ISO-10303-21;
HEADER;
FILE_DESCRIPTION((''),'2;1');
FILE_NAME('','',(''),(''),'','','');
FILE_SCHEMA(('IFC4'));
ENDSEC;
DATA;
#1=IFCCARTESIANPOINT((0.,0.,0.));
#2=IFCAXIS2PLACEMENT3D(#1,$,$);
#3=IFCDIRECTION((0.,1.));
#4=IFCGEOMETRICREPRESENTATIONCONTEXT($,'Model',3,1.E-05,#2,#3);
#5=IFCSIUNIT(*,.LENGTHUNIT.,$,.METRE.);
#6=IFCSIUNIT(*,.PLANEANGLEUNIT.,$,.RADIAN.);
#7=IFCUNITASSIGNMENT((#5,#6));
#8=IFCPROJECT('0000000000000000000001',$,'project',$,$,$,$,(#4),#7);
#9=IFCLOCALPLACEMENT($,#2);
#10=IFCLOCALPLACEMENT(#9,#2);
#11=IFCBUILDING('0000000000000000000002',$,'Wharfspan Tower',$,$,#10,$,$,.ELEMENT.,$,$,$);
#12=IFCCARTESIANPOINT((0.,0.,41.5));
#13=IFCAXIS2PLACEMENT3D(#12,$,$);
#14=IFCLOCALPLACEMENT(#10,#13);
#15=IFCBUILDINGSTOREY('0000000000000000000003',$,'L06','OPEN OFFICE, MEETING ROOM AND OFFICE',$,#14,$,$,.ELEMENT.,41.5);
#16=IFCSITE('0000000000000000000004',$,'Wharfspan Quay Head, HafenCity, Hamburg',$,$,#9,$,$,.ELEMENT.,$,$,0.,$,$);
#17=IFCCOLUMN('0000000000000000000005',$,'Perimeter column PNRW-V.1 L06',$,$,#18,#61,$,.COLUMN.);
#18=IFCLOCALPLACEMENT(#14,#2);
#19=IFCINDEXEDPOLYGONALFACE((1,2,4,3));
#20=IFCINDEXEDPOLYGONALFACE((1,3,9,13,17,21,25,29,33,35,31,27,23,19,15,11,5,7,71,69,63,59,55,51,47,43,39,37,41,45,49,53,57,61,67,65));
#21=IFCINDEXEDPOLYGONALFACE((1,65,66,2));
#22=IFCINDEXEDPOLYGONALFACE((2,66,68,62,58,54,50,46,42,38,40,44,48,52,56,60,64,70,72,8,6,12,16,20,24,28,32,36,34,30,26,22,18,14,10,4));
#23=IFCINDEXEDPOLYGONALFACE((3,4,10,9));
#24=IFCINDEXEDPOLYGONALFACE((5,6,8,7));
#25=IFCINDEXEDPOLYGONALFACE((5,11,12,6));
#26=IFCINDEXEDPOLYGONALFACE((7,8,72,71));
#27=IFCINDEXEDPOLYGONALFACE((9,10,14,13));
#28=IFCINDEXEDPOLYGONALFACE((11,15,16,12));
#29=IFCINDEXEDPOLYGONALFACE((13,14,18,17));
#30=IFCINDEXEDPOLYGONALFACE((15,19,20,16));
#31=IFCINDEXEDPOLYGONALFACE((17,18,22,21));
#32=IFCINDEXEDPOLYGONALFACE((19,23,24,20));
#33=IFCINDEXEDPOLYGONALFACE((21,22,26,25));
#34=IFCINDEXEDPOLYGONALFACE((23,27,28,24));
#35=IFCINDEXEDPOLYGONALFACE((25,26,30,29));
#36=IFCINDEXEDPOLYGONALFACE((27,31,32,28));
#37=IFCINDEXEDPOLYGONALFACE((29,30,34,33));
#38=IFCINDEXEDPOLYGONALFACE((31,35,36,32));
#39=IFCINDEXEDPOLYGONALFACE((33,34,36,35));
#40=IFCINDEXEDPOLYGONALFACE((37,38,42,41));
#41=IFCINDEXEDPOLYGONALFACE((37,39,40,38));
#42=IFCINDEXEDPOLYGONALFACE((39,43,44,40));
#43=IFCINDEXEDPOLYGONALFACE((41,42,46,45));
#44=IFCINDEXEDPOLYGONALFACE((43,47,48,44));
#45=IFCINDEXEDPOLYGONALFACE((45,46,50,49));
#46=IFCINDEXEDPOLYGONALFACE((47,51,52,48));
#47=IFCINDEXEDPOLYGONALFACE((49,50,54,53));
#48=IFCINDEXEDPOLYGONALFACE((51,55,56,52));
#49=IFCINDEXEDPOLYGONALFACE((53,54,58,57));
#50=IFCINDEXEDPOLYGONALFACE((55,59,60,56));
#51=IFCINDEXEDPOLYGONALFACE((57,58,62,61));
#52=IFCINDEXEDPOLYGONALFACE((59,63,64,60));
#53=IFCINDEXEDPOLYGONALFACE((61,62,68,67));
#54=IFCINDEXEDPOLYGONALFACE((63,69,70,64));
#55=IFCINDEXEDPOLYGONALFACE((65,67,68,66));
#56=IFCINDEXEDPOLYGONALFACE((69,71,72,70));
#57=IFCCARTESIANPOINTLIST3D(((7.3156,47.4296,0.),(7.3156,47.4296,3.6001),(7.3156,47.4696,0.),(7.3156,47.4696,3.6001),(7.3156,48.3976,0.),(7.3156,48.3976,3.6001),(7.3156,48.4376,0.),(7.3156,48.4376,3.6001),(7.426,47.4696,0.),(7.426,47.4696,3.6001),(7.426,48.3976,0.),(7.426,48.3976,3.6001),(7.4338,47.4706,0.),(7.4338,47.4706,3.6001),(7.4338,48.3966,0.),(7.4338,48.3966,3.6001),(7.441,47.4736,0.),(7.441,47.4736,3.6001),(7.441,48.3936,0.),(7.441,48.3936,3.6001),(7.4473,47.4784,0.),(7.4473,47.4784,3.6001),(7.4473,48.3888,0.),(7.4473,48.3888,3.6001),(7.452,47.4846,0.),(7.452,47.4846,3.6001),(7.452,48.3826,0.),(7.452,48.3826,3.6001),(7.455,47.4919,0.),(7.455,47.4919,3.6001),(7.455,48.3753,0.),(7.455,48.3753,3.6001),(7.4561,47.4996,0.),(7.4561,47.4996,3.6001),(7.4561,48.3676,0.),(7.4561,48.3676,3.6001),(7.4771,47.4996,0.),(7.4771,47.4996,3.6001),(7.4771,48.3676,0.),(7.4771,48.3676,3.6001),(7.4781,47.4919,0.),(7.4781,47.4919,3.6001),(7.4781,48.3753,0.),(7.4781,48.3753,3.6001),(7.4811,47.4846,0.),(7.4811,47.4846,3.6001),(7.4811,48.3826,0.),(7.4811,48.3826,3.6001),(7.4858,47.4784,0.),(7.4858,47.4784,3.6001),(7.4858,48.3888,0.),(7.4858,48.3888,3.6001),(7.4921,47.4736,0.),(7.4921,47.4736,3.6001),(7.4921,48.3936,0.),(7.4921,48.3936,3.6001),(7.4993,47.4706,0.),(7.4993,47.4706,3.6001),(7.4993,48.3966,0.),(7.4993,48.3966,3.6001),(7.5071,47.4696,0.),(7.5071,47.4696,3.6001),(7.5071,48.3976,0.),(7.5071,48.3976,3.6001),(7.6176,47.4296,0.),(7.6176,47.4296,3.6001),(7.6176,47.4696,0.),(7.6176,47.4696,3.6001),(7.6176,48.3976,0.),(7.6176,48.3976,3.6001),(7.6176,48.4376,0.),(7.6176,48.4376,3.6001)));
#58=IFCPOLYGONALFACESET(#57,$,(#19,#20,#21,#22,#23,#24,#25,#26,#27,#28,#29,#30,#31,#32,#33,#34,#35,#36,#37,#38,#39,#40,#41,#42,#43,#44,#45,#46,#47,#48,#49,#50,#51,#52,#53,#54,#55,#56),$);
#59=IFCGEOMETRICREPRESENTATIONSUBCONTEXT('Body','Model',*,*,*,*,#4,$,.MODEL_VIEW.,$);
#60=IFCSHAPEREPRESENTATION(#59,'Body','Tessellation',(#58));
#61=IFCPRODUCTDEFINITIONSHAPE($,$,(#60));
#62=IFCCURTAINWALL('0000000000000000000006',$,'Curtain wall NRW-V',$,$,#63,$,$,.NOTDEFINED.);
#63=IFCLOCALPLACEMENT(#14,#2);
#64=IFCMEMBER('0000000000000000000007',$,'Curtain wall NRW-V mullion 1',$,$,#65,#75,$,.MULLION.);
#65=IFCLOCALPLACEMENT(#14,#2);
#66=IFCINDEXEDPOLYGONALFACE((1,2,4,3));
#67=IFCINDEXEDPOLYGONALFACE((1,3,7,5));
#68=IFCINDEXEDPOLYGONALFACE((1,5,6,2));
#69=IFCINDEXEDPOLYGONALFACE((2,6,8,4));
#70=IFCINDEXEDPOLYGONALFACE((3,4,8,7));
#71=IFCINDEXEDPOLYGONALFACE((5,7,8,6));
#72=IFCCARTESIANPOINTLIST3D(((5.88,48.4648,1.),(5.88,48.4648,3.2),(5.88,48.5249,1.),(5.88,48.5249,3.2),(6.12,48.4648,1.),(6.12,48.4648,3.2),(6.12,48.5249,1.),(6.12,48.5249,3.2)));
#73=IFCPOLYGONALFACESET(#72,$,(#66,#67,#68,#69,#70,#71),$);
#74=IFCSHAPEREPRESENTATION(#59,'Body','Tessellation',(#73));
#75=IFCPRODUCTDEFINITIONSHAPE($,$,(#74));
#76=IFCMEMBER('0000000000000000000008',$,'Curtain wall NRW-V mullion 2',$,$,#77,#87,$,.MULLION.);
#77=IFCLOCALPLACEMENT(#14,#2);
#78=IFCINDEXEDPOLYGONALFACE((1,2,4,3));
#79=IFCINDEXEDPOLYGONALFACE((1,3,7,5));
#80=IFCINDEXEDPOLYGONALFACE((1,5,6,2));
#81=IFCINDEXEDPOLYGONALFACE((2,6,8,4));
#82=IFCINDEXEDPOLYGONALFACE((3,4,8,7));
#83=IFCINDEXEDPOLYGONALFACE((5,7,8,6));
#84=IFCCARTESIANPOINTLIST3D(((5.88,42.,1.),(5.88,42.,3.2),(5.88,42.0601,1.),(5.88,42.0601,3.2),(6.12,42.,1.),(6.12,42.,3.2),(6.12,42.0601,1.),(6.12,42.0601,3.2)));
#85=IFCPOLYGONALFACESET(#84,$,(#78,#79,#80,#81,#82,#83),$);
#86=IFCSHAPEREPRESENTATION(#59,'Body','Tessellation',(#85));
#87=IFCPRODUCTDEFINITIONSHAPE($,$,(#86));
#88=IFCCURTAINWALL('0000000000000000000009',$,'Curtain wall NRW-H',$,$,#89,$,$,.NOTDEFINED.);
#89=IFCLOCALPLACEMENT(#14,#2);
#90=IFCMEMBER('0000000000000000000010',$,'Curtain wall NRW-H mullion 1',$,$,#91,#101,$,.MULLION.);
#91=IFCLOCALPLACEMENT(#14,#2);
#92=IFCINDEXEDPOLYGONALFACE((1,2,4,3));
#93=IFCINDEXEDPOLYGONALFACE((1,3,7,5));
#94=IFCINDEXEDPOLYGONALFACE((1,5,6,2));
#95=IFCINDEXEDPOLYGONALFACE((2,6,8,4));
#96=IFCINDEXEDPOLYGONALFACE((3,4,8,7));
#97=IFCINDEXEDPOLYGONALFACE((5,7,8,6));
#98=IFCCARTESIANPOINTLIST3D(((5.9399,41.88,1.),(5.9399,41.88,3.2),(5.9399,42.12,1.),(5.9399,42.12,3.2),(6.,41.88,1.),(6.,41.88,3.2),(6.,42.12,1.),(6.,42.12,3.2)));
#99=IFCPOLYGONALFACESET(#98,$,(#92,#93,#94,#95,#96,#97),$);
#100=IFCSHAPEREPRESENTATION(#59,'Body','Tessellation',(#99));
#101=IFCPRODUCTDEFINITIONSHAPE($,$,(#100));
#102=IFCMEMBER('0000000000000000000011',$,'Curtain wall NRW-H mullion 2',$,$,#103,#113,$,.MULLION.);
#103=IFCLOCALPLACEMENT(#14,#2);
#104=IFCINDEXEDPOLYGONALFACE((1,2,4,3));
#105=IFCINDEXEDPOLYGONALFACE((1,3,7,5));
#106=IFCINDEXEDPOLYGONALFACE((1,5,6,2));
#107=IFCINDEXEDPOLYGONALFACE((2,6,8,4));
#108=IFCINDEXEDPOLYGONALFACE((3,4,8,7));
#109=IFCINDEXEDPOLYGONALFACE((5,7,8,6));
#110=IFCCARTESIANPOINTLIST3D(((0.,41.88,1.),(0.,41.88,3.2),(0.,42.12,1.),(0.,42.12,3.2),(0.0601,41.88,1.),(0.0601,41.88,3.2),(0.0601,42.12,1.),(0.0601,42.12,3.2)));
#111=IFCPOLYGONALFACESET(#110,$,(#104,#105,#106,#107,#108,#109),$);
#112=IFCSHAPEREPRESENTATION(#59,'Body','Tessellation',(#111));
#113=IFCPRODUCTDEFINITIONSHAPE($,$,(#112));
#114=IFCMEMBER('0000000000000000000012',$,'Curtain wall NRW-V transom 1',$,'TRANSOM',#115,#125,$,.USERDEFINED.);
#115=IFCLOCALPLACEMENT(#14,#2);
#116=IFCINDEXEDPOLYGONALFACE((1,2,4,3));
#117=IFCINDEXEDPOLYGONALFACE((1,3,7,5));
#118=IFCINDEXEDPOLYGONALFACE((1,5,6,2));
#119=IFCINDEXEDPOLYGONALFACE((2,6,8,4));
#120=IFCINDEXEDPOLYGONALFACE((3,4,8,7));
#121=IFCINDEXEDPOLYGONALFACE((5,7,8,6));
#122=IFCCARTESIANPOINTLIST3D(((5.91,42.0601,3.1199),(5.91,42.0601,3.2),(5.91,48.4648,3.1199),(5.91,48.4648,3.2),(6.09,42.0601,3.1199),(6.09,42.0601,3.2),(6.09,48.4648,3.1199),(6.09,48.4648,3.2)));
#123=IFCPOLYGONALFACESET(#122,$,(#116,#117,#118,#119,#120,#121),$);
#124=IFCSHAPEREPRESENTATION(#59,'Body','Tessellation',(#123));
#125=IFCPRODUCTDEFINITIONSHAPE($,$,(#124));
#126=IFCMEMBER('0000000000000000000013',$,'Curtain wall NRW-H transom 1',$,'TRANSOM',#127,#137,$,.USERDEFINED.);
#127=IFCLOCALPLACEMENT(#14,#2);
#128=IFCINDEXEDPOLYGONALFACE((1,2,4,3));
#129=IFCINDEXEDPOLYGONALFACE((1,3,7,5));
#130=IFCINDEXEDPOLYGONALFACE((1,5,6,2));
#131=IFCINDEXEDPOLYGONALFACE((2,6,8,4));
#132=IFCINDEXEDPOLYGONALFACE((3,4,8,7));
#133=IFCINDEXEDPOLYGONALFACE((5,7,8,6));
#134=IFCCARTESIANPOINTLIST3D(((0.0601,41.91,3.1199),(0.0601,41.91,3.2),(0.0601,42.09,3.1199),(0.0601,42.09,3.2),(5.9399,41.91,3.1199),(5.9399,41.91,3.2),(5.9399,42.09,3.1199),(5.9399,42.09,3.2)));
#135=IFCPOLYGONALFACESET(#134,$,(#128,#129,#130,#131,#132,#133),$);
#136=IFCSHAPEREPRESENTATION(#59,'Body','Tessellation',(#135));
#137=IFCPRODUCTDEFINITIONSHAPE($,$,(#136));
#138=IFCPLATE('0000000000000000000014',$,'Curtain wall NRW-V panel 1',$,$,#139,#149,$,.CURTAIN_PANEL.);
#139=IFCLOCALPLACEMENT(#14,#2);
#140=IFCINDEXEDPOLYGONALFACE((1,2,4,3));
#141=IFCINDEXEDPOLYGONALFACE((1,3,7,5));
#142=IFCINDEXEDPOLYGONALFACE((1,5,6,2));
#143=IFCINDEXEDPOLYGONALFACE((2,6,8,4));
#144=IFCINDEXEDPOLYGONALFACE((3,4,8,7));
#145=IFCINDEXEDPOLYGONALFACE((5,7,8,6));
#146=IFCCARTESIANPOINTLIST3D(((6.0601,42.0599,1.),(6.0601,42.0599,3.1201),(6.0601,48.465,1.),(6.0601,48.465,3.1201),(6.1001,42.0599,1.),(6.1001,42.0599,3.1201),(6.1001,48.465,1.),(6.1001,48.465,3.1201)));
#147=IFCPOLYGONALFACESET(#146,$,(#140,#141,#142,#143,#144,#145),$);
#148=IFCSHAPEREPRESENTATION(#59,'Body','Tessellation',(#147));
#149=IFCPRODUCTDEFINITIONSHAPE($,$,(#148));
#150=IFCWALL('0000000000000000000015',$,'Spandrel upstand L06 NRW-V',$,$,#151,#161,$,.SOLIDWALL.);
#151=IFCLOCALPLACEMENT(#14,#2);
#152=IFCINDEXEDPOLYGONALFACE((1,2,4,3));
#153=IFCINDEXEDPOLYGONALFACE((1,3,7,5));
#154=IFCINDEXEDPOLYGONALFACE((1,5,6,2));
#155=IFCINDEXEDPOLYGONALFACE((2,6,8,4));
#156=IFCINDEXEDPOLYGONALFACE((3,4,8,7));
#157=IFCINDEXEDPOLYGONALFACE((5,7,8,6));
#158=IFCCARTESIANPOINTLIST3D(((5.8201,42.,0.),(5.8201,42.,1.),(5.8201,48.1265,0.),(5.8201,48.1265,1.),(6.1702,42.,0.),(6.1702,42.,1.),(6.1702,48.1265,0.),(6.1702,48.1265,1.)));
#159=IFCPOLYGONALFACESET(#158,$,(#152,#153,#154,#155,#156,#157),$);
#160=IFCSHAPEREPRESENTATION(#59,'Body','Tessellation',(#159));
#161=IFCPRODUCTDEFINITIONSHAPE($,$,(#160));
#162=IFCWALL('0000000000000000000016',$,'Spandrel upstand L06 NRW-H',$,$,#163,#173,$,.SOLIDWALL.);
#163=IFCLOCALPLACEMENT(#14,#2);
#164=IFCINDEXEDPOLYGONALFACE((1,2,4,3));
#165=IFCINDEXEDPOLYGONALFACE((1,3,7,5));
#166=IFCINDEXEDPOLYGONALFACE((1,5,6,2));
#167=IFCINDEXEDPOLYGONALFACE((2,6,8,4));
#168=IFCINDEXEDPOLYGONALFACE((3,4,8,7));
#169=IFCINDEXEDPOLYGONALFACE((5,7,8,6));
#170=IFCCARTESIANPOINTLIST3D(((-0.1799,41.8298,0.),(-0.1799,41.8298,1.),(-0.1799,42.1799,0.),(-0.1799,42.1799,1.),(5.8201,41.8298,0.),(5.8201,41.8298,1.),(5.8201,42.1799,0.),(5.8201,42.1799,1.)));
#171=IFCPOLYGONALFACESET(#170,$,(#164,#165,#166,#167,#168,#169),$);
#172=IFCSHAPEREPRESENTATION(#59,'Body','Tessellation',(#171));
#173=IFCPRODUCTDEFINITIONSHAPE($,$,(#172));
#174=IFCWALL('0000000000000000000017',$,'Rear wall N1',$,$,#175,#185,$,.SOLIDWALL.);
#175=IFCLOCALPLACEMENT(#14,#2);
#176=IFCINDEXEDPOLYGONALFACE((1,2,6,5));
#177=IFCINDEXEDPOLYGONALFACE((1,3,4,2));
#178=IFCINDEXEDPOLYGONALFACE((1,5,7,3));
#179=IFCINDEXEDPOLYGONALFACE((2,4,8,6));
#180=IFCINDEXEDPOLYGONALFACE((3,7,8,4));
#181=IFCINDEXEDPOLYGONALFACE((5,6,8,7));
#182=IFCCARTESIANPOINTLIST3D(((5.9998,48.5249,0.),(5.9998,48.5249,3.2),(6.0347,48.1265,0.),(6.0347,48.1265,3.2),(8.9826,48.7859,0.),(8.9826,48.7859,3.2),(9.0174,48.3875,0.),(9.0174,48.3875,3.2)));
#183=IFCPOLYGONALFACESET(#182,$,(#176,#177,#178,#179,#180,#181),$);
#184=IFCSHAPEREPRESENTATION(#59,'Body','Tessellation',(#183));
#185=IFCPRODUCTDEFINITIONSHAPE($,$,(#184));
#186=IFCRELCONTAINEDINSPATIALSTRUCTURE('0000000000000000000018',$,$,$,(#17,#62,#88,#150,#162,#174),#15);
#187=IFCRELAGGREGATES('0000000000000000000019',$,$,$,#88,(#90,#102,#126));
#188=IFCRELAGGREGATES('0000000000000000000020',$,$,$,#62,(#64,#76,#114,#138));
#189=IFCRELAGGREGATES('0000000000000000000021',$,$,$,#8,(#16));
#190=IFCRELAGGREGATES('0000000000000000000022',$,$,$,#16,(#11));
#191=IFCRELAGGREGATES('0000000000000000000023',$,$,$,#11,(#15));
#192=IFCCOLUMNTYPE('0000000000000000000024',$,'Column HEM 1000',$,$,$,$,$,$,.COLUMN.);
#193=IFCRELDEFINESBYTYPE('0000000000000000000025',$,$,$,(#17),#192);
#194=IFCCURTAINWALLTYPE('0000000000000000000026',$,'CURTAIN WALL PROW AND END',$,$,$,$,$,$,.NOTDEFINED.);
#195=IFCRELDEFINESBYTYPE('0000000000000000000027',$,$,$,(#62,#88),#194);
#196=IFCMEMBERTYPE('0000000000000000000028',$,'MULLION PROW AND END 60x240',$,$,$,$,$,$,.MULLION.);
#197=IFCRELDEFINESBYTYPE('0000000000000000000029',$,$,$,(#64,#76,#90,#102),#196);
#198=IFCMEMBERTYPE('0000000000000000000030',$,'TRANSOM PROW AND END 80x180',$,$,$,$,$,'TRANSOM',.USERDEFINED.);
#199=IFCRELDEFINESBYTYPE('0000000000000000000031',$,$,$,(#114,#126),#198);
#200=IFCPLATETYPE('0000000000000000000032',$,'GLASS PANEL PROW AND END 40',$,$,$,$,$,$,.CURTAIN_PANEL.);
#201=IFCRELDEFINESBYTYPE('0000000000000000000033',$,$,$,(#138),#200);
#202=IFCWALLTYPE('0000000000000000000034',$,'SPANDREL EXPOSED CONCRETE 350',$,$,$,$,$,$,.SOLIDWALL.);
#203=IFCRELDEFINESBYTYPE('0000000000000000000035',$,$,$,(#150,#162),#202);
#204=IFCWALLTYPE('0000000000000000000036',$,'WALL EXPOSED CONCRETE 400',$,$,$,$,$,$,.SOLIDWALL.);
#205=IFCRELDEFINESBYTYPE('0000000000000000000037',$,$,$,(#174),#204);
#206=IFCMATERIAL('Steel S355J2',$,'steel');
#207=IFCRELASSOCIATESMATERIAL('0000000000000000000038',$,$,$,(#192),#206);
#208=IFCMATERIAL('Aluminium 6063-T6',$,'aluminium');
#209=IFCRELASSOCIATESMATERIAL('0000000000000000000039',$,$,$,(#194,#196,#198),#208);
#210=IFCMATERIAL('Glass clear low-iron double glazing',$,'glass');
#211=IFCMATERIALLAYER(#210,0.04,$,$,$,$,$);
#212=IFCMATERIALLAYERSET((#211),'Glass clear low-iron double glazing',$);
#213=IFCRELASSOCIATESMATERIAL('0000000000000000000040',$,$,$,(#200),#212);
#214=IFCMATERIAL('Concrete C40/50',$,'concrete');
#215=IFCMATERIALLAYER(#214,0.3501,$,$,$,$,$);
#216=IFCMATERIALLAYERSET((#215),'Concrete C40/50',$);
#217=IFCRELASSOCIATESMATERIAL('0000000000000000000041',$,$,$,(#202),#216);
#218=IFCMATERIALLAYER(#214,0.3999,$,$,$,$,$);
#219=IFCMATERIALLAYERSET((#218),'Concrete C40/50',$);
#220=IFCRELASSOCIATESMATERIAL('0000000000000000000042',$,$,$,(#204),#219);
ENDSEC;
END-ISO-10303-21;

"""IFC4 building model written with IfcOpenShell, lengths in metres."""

from ifc_helpers import new_model, si_unit, direction, frame, frame_2d, origin, origin_2d, place, context, subcontext, project, spatial, rectangle, i_section, extrude, material, layer, layer_set, material_profile, profile_set, type_object, element, aggregate, save


model = new_model("IFC4")

# Units and contexts
model_context = context("Model", 3, precision=1e-05, world=origin(), true_north=direction((0.0, 1.0)))
body_context = subcontext(model_context, "Body", "Model", "MODEL_VIEW")
ifc_project = project(units=[si_unit("LENGTHUNIT", "METRE"), si_unit("PLANEANGLEUNIT", "RADIAN")], contexts=[model_context])

# Site, building, storey
site_placement = place(None, origin())
site = spatial("IfcSite", under=ifc_project, at=site_placement, Name="Wharfspan Quay Head, HafenCity, Hamburg", CompositionType="ELEMENT", RefElevation=0.0)
building_placement = place(site_placement, origin())
building = spatial("IfcBuilding", under=site, at=building_placement, Name="Wharfspan Tower", CompositionType="ELEMENT")
storey_placement = place(building_placement, frame((0.0, 0.0, 41.5)))
storey = spatial("IfcBuildingStorey", under=building, at=storey_placement, Name="L06", Description="OPEN OFFICE, MEETING ROOM AND OFFICE", CompositionType="ELEMENT", Elevation=41.5)

# Column
ifc_material_1 = material(Name="Steel S355J2", Category="steel")
ifc_material_profile_1 = material_profile(ifc_material_1, i_section(OverallWidth=0.302, OverallDepth=1.0081, WebThickness=0.021, FlangeThickness=0.04, FilletRadius=0.03, at=origin_2d()))
ifc_profile_set_1 = profile_set([ifc_material_profile_1], Name="Steel S355J2")
column_type = type_object("IfcColumnType", Name="Column HEM 1000", PredefinedType="COLUMN", material=ifc_profile_set_1)
column_placement = place(storey_placement, frame((7.4666, 47.9336, 0.0), z_axis=(0.0, 0.0, 1.0), x_axis=(-1.0, 0.0, 0.0)))
element("IfcColumn", 1, at=column_placement, inside=storey, type_object=column_type, Name="Perimeter column PNRW-V.1 L06", PredefinedType="COLUMN", context=body_context, shape_type="SweptSolid", body=[
    extrude(i_section(OverallWidth=0.302, OverallDepth=1.0081, WebThickness=0.021, FlangeThickness=0.04, FilletRadius=0.03, at=origin_2d()), origin(), (0.0, 0.0, 1.0), 3.6001),
])

# Curtain walls, members
ifc_material_2 = material(Name="Aluminium 6063-T6", Category="aluminium")
curtain_wall_type = type_object("IfcCurtainWallType", Name="CURTAIN WALL PROW AND END", PredefinedType="NOTDEFINED", material=ifc_material_2)
curtain_wall_1_placement = place(storey_placement, origin())
curtain_wall_1 = element("IfcCurtainWall", 2, at=curtain_wall_1_placement, inside=storey, type_object=curtain_wall_type, Name="Curtain wall NRW-V", PredefinedType="NOTDEFINED")
ifc_material_profile_2 = material_profile(ifc_material_2, rectangle(XDim=0.24, YDim=0.0601, at=origin_2d()))
ifc_profile_set_2 = profile_set([ifc_material_profile_2], Name="Aluminium 6063-T6")
member_type_1 = type_object("IfcMemberType", Name="MULLION PROW AND END 60x240", PredefinedType="MULLION", material=ifc_profile_set_2)
member_1_placement = place(storey_placement, frame((6.0, 48.4949, 1.0), z_axis=(0.0, 0.0, 1.0), x_axis=(1.0, 0.0, 0.0)))
member_1 = element("IfcMember", 3, at=member_1_placement, type_object=member_type_1, Name="Curtain wall NRW-V mullion 1", PredefinedType="MULLION", context=body_context, shape_type="SweptSolid", body=[
    extrude(rectangle(XDim=0.24, YDim=0.0601, at=origin_2d()), origin(), (0.0, 0.0, 1.0), 2.2),
])
member_2_placement = place(storey_placement, frame((6.0, 42.03, 1.0), z_axis=(0.0, 0.0, 1.0), x_axis=(1.0, 0.0, 0.0)))
member_2 = element("IfcMember", 4, at=member_2_placement, type_object=member_type_1, Name="Curtain wall NRW-V mullion 2", PredefinedType="MULLION", context=body_context, shape_type="SweptSolid", body=[
    extrude(rectangle(XDim=0.24, YDim=0.0601, at=origin_2d()), origin(), (0.0, 0.0, 1.0), 2.2),
])
curtain_wall_2_placement = place(storey_placement, origin())
curtain_wall_2 = element("IfcCurtainWall", 5, at=curtain_wall_2_placement, inside=storey, type_object=curtain_wall_type, Name="Curtain wall NRW-H", PredefinedType="NOTDEFINED")
member_3_placement = place(storey_placement, frame((5.97, 42.0, 1.0), z_axis=(0.0, 0.0, 1.0), x_axis=(0.0, -1.0, 0.0)))
member_3 = element("IfcMember", 6, at=member_3_placement, type_object=member_type_1, Name="Curtain wall NRW-H mullion 1", PredefinedType="MULLION", context=body_context, shape_type="SweptSolid", body=[
    extrude(rectangle(XDim=0.24, YDim=0.0601, at=origin_2d()), origin(), (0.0, 0.0, 1.0), 2.2),
])
member_4_placement = place(storey_placement, frame((0.03, 42.0, 1.0), z_axis=(0.0, 0.0, 1.0), x_axis=(0.0, -1.0, 0.0)))
member_4 = element("IfcMember", 7, at=member_4_placement, type_object=member_type_1, Name="Curtain wall NRW-H mullion 2", PredefinedType="MULLION", context=body_context, shape_type="SweptSolid", body=[
    extrude(rectangle(XDim=0.24, YDim=0.0601, at=origin_2d()), origin(), (0.0, 0.0, 1.0), 2.2),
])

# Members
ifc_material_profile_3 = material_profile(ifc_material_2, rectangle(XDim=0.1799, YDim=0.0801, at=origin_2d()))
ifc_profile_set_3 = profile_set([ifc_material_profile_3], Name="Aluminium 6063-T6")
member_type_2 = type_object("IfcMemberType", Name="TRANSOM PROW AND END 80x180", ElementType="TRANSOM", PredefinedType="USERDEFINED", material=ifc_profile_set_3)
member_5_placement = place(storey_placement, frame((6.0, 48.4648, 3.1599), z_axis=(0.0, -1.0, 0.0), x_axis=(1.0, 0.0, 0.0)))
member_5 = element("IfcMember", 8, at=member_5_placement, type_object=member_type_2, Name="Curtain wall NRW-V transom 1", ObjectType="TRANSOM", PredefinedType="USERDEFINED", context=body_context, shape_type="SweptSolid", body=[
    extrude(rectangle(XDim=0.1799, YDim=0.0801, at=origin_2d()), origin(), (0.0, 0.0, 1.0), 6.4048),
])
member_6_placement = place(storey_placement, frame((5.9399, 42.0, 3.1599), z_axis=(-1.0, 0.0, 0.0), x_axis=(0.0, -1.0, 0.0)))
member_6 = element("IfcMember", 9, at=member_6_placement, type_object=member_type_2, Name="Curtain wall NRW-H transom 1", ObjectType="TRANSOM", PredefinedType="USERDEFINED", context=body_context, shape_type="SweptSolid", body=[
    extrude(rectangle(XDim=0.1799, YDim=0.0801, at=origin_2d()), origin(), (0.0, 0.0, 1.0), 5.8799),
])
aggregate(curtain_wall_2, [member_3, member_4, member_6])

# Plate
ifc_material_3 = material(Name="Glass clear low-iron double glazing", Category="glass")
ifc_layer_1 = layer(ifc_material_3, 0.04)
ifc_layer_set_1 = layer_set([ifc_layer_1], Name="Glass clear low-iron double glazing")
plate_type = type_object("IfcPlateType", Name="GLASS PANEL PROW AND END 40", PredefinedType="CURTAIN_PANEL", material=ifc_layer_set_1)
plate_placement = place(storey_placement, frame((6.0801, 45.2625, 1.0), z_axis=(0.0, 0.0, 1.0), x_axis=(0.0, -1.0, 0.0)))
plate = element("IfcPlate", 10, at=plate_placement, type_object=plate_type, Name="Curtain wall NRW-V panel 1", PredefinedType="CURTAIN_PANEL", context=body_context, shape_type="SweptSolid", body=[
    extrude(rectangle(XDim=6.405, YDim=0.04, at=origin_2d()), origin(), (0.0, 0.0, 1.0), 2.1201),
])
aggregate(curtain_wall_1, [member_1, member_2, member_5, plate])

# Walls
ifc_material_4 = material(Name="Concrete C40/50", Category="concrete")
ifc_layer_2 = layer(ifc_material_4, 0.3501)
ifc_layer_set_2 = layer_set([ifc_layer_2], Name="Concrete C40/50")
wall_type_1 = type_object("IfcWallType", Name="SPANDREL EXPOSED CONCRETE 350", PredefinedType="SOLIDWALL", material=ifc_layer_set_2)
wall_1_placement = place(storey_placement, frame((5.9951, 48.1265, 0.0), z_axis=(0.0, 0.0, 1.0), x_axis=(0.0, -1.0, 0.0)))
element("IfcWall", 11, at=wall_1_placement, inside=storey, type_object=wall_type_1, Name="Spandrel upstand L06 NRW-V", PredefinedType="SOLIDWALL", context=body_context, shape_type="SweptSolid", body=[
    extrude(rectangle(XDim=6.1265, YDim=0.3501, at=frame_2d((3.0632, 0.0))), origin(), (0.0, 0.0, 1.0), 1.0),
])
wall_2_placement = place(storey_placement, frame((5.8201, 42.0049, 0.0), z_axis=(0.0, 0.0, 1.0), x_axis=(-1.0, 0.0, 0.0)))
element("IfcWall", 12, at=wall_2_placement, inside=storey, type_object=wall_type_1, Name="Spandrel upstand L06 NRW-H", PredefinedType="SOLIDWALL", context=body_context, shape_type="SweptSolid", body=[
    extrude(rectangle(XDim=6.0, YDim=0.3501, at=frame_2d((3.0, 0.0))), origin(), (0.0, 0.0, 1.0), 1.0),
])
ifc_layer_3 = layer(ifc_material_4, 0.3999)
ifc_layer_set_3 = layer_set([ifc_layer_3], Name="Concrete C40/50")
wall_type_2 = type_object("IfcWallType", Name="WALL EXPOSED CONCRETE 400", PredefinedType="SOLIDWALL", material=ifc_layer_set_3)
wall_3_placement = place(storey_placement, frame((9.0, 48.5867, 0.0), z_axis=(0.0, 0.0, 1.0), x_axis=(-0.996194, -0.087168, 0.0)))
element("IfcWall", 13, at=wall_3_placement, inside=storey, type_object=wall_type_2, Name="Rear wall N1", PredefinedType="SOLIDWALL", context=body_context, shape_type="SweptSolid", body=[
    extrude(rectangle(XDim=2.9941, YDim=0.3999, at=frame_2d((1.4971, 0.0))), origin(), (0.0, 0.0, 1.0), 3.2),
])

save(model, "model.ifc")
